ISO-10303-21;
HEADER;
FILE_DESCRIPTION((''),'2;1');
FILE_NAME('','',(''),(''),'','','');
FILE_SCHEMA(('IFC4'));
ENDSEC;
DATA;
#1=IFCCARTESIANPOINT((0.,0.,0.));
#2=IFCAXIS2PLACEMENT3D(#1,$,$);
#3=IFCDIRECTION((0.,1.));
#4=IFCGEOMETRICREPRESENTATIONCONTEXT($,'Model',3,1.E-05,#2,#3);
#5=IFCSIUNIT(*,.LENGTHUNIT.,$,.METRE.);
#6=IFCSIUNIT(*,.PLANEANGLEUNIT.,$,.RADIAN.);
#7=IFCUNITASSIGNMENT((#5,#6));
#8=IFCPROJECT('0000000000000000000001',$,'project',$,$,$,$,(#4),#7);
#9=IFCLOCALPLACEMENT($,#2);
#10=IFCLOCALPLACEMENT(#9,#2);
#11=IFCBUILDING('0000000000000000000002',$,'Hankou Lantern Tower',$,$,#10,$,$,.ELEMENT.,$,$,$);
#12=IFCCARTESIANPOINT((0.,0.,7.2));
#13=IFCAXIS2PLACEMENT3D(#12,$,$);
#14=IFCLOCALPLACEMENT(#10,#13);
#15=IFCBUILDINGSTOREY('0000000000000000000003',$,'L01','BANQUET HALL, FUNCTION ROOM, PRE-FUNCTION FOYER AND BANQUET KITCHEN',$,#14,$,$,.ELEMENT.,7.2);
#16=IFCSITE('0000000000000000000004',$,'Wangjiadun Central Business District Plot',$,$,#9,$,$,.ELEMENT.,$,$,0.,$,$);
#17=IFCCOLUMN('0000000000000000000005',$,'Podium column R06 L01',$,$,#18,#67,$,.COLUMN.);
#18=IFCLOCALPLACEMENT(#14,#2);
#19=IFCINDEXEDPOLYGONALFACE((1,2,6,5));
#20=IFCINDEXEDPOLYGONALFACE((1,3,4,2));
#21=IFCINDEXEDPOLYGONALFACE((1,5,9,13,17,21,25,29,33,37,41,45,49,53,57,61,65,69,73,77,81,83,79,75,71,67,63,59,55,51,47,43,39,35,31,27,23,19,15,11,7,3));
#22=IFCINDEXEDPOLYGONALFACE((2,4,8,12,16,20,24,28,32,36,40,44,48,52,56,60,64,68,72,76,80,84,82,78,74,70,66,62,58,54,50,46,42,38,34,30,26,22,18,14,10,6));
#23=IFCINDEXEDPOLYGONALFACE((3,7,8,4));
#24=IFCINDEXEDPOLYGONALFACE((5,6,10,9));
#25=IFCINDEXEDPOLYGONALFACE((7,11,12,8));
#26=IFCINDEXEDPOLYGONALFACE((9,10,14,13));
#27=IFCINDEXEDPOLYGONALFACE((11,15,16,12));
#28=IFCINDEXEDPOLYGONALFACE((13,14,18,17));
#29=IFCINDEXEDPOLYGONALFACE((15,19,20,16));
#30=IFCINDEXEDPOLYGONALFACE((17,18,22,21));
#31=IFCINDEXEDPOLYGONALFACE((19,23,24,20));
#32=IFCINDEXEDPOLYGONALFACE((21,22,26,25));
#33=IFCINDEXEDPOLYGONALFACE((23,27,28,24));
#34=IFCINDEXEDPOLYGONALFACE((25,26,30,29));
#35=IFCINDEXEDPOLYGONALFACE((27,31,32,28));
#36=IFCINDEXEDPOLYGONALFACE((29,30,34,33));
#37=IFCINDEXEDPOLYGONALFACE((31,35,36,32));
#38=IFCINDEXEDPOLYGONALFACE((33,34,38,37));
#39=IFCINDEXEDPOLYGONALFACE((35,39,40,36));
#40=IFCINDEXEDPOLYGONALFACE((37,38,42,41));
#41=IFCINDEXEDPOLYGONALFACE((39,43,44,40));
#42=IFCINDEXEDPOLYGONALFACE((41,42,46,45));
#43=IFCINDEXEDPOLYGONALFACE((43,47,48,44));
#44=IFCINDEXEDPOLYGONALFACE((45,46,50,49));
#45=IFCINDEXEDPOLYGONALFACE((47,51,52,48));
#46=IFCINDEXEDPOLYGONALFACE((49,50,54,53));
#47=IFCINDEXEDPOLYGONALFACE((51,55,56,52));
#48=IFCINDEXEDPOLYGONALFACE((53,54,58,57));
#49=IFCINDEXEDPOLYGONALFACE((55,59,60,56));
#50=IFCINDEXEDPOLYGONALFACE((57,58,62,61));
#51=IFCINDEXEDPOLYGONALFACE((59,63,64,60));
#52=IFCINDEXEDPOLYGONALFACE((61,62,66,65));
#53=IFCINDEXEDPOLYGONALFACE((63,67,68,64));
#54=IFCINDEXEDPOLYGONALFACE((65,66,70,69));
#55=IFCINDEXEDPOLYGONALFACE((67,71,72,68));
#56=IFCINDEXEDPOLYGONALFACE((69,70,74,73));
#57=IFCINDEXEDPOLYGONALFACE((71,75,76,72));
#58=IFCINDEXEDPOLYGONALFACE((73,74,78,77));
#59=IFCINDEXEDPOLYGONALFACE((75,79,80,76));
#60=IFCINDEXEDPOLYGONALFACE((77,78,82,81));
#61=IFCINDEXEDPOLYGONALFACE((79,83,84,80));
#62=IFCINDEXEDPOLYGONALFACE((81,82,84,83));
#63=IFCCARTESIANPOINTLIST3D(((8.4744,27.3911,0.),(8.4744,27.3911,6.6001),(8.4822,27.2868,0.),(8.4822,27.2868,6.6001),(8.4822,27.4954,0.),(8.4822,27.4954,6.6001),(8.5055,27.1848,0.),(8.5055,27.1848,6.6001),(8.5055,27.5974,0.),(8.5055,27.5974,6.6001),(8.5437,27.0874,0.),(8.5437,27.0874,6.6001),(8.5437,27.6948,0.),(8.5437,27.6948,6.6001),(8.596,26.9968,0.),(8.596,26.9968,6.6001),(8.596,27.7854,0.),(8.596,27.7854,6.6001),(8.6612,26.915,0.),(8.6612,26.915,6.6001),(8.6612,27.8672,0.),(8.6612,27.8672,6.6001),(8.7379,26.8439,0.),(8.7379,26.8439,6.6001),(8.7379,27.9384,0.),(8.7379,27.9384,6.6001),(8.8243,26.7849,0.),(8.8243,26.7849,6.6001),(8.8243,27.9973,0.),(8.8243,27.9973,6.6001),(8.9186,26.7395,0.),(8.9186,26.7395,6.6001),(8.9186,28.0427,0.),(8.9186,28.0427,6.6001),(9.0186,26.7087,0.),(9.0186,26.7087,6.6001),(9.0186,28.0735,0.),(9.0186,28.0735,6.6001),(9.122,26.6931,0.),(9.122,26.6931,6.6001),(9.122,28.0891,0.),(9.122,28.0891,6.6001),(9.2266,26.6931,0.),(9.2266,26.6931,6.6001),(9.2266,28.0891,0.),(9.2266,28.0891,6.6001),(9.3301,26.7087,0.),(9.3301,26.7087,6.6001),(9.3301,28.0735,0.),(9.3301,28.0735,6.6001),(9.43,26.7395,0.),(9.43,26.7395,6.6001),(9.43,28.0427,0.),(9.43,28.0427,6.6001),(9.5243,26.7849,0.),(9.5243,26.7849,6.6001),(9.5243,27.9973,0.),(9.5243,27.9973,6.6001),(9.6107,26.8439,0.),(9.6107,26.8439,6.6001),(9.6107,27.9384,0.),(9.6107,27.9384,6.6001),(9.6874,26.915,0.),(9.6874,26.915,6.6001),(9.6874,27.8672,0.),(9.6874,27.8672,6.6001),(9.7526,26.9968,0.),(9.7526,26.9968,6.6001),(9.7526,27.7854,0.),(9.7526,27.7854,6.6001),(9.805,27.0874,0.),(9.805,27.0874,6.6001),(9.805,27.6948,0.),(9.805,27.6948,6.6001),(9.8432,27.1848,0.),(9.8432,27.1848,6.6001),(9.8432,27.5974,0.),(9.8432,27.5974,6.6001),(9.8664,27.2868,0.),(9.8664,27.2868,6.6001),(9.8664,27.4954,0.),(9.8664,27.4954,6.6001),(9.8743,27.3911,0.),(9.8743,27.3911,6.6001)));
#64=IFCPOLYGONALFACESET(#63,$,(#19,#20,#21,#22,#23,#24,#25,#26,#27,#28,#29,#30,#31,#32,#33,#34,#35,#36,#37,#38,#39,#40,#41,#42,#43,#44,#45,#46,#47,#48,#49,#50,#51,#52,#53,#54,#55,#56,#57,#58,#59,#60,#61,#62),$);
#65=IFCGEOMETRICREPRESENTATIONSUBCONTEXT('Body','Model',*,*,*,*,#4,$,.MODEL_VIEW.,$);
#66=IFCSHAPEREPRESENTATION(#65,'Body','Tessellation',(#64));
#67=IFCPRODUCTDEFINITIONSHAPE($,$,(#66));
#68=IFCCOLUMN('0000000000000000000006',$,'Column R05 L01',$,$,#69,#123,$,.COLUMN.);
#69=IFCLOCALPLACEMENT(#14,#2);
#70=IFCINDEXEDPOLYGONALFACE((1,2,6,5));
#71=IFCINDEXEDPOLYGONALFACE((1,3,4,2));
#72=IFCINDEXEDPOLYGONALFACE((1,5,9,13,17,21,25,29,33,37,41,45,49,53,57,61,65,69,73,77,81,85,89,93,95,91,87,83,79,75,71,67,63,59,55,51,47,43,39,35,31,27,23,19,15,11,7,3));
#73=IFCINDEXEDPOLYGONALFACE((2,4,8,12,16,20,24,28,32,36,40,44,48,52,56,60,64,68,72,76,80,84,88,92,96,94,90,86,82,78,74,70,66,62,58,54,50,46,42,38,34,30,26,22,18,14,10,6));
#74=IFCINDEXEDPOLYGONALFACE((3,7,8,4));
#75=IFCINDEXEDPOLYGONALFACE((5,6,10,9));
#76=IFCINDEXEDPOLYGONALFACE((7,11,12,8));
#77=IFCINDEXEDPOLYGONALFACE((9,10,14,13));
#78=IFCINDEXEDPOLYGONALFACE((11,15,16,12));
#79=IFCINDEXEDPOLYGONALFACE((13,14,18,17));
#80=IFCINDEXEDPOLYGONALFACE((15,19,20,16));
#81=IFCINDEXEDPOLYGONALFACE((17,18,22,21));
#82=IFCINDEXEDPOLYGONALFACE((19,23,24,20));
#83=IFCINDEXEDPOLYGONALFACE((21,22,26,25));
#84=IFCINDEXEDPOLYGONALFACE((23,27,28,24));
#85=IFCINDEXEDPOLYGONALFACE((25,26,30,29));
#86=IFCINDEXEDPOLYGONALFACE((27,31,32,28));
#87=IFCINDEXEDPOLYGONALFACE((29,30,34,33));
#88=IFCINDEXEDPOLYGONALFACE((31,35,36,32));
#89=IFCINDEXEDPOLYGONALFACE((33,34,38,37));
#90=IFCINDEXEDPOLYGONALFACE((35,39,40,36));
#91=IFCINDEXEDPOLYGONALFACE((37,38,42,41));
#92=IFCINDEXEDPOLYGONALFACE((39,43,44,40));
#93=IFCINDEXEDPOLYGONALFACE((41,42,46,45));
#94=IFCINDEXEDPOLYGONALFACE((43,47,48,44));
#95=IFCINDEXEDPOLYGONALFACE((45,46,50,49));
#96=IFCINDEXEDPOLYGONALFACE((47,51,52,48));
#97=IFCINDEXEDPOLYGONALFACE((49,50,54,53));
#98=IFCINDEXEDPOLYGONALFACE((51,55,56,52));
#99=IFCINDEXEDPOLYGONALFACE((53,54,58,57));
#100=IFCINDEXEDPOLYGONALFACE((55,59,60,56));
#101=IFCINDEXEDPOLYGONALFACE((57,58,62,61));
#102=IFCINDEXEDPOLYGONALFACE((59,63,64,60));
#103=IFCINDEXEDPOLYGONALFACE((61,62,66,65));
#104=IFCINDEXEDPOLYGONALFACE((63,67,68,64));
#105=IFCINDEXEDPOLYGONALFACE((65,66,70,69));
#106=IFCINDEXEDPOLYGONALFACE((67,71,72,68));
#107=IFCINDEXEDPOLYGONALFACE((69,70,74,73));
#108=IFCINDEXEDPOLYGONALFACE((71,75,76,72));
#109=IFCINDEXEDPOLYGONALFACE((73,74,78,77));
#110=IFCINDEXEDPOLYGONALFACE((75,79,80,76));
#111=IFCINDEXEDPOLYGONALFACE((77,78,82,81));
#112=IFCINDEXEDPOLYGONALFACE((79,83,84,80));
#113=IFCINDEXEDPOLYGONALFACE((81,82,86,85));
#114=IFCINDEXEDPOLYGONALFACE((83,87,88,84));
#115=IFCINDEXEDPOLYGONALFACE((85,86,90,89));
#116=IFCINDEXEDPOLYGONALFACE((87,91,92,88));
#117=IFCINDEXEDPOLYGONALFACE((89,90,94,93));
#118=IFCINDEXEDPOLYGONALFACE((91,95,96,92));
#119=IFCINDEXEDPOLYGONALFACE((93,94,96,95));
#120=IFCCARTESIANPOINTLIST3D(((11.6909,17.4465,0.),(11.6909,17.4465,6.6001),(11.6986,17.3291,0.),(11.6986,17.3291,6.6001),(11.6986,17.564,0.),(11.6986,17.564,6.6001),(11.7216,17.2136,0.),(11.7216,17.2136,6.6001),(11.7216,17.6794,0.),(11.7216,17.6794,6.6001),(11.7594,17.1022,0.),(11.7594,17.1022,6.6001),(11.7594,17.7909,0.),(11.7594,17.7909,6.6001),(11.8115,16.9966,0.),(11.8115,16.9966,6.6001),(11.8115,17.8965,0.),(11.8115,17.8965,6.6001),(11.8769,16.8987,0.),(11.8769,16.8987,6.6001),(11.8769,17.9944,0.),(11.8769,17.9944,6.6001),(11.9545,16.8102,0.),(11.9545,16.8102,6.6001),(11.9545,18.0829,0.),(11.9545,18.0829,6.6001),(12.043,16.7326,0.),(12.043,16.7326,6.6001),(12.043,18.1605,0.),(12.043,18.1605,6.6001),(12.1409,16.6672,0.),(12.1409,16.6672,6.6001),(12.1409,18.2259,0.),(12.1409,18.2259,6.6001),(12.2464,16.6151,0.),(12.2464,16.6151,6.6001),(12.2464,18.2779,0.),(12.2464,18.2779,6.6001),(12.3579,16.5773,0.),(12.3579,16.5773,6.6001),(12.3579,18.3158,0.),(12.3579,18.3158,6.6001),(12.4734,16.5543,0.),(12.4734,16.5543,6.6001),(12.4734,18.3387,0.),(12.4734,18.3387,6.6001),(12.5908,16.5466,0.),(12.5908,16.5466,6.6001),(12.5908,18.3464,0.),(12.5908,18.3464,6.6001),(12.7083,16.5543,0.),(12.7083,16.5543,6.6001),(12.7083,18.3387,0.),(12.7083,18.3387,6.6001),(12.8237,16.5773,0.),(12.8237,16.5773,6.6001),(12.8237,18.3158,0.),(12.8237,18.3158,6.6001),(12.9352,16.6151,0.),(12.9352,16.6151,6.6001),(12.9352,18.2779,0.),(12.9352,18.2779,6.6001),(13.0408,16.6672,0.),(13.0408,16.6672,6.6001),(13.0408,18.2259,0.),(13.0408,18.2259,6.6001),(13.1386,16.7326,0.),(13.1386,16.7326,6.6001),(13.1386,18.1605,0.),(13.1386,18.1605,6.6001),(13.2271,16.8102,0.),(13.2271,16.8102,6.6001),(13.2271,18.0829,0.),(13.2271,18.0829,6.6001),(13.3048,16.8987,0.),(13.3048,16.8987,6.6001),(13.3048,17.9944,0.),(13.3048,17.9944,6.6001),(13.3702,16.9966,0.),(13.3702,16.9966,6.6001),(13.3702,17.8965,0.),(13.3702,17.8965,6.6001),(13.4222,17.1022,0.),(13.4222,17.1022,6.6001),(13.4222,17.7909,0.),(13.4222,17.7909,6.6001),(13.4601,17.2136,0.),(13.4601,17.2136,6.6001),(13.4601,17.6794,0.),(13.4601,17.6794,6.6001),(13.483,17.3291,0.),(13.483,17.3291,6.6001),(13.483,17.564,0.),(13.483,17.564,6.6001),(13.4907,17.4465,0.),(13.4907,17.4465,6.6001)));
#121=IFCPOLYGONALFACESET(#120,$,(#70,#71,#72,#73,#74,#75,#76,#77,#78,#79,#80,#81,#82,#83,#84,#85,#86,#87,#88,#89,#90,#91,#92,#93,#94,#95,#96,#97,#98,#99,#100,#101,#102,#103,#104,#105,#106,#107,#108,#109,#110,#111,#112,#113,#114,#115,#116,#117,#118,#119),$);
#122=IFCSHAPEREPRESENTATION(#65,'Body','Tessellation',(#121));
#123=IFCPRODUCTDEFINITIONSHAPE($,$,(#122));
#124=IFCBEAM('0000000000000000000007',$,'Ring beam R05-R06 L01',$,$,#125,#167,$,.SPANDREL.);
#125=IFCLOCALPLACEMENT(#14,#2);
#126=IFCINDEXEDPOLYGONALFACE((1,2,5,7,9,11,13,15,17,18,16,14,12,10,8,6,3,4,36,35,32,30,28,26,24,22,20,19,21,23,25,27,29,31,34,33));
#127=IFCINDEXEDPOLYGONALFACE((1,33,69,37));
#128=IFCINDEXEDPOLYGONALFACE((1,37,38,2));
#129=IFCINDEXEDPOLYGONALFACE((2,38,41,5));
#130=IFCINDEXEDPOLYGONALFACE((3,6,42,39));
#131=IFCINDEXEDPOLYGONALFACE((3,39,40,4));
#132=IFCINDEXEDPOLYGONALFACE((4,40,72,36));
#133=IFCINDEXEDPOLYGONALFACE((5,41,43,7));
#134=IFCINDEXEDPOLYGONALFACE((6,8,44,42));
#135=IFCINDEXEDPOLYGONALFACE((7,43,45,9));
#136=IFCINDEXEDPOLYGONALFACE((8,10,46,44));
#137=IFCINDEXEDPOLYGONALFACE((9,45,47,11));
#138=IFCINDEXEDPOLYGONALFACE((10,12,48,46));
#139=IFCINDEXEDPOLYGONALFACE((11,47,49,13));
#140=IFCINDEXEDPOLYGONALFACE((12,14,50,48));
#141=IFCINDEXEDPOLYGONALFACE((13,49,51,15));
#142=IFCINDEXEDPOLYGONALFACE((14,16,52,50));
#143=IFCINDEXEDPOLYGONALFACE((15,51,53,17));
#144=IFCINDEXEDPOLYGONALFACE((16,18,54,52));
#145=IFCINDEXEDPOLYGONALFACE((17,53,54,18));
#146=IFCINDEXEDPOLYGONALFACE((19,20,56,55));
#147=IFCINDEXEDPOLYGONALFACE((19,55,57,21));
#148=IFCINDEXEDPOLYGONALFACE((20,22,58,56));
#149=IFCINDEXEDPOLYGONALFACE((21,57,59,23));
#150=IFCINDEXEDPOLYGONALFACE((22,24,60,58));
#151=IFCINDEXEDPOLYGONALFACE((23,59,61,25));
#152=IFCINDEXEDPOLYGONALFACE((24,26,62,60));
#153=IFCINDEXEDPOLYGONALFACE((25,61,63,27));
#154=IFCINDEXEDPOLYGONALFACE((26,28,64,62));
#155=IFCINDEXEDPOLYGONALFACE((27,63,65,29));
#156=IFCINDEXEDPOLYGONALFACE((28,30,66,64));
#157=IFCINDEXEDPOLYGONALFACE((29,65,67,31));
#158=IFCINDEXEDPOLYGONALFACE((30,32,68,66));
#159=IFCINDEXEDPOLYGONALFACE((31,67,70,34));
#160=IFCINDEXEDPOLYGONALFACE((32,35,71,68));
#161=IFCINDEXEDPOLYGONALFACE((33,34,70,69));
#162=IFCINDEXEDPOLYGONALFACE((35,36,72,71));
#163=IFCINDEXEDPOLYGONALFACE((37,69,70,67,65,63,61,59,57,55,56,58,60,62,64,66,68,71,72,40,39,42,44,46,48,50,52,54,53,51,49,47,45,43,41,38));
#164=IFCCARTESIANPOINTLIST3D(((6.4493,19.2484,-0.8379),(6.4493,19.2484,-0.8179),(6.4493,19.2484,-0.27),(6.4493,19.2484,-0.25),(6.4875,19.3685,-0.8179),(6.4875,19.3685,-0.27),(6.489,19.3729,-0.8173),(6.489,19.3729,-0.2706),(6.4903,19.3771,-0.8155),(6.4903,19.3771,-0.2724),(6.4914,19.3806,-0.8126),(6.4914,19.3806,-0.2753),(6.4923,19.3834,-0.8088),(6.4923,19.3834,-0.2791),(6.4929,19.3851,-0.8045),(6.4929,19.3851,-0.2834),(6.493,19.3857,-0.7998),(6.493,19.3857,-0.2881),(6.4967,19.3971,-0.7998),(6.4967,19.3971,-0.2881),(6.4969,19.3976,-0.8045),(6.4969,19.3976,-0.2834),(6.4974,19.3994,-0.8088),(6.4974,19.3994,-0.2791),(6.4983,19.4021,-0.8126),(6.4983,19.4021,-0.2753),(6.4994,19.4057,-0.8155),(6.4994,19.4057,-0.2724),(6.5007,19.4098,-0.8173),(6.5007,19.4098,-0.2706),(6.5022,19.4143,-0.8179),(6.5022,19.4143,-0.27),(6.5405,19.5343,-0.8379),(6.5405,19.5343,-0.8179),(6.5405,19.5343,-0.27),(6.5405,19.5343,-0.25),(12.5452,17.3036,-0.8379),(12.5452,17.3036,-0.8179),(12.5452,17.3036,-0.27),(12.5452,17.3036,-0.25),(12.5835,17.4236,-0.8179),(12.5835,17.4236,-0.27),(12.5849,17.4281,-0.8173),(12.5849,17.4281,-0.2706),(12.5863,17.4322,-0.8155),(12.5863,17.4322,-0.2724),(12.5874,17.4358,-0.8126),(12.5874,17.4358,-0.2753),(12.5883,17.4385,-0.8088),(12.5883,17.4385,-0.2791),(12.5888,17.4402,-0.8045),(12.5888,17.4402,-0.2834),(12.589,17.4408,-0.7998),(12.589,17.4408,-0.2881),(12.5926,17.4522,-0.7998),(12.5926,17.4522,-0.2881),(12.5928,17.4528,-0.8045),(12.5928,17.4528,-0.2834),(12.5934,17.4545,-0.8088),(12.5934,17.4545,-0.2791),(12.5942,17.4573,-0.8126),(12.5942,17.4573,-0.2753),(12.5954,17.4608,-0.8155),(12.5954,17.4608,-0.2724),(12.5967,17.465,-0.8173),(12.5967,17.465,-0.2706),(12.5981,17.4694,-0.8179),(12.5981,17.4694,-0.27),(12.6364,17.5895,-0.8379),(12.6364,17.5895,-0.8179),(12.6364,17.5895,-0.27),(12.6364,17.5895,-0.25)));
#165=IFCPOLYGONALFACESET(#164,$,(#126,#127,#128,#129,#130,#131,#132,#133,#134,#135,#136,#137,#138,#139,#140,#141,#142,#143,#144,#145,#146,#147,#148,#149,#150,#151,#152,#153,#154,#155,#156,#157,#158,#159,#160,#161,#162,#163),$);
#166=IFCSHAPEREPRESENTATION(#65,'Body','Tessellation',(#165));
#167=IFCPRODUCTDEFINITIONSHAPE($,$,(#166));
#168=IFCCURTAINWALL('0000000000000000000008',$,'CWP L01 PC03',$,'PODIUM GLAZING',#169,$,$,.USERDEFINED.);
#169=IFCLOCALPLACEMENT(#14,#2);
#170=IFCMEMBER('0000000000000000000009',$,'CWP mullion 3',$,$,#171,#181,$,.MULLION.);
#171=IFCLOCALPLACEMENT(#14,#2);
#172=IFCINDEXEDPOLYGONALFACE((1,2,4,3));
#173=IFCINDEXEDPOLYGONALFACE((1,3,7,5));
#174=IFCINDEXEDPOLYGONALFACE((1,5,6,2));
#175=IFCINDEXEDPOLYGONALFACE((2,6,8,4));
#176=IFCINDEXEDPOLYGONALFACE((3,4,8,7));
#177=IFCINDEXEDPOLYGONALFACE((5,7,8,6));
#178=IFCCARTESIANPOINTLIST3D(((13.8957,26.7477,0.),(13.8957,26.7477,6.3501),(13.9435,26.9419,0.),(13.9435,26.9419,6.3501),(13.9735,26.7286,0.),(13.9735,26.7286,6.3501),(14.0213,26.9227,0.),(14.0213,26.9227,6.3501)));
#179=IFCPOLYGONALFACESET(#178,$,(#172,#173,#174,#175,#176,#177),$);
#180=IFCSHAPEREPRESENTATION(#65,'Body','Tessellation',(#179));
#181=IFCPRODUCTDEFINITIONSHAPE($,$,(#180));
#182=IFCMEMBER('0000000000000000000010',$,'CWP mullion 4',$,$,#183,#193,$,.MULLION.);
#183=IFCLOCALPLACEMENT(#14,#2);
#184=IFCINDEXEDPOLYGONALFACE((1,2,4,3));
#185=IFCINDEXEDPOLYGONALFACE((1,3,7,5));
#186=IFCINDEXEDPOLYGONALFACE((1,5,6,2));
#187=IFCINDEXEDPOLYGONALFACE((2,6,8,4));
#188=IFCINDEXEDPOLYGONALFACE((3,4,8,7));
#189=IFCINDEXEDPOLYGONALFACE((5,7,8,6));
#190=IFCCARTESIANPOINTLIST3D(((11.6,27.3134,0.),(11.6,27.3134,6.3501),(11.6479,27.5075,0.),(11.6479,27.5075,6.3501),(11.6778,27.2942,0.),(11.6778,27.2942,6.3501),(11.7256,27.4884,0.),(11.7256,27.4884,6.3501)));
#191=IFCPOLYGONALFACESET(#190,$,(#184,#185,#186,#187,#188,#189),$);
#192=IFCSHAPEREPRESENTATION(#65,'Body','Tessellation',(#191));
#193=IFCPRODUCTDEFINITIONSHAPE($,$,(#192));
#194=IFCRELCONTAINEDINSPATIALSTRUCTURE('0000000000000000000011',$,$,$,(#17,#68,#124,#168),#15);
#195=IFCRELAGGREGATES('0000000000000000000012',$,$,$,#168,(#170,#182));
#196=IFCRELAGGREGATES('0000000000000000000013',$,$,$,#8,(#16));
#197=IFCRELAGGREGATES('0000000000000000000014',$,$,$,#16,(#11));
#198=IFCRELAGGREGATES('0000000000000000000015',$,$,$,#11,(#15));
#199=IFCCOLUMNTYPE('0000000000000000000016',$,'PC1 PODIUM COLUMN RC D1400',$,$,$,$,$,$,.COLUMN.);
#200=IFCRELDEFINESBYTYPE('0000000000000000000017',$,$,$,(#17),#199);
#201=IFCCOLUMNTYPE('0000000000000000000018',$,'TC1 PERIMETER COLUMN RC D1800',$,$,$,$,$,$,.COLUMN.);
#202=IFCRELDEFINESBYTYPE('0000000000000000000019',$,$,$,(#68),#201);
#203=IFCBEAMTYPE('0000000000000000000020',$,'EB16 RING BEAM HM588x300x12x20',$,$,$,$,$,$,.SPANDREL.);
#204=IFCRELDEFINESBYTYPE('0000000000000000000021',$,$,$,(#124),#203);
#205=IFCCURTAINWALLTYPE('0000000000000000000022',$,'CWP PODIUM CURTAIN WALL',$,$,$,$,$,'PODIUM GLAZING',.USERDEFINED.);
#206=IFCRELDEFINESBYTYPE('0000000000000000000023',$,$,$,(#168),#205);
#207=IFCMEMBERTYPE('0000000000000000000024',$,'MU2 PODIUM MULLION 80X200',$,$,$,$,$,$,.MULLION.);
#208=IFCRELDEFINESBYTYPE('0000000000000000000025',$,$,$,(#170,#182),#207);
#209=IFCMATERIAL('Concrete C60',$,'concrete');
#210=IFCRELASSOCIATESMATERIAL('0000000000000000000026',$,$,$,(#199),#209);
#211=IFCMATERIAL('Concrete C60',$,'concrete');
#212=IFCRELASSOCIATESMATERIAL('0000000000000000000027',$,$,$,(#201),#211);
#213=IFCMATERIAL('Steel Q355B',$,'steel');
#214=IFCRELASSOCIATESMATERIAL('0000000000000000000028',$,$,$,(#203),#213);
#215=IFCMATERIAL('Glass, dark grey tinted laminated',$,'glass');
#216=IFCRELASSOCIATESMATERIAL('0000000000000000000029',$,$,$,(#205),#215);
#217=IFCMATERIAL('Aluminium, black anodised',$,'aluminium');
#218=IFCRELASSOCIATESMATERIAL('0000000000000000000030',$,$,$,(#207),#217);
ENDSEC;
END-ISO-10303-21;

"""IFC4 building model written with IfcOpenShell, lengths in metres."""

from ifc_helpers import new_model, si_unit, direction, frame, origin, origin_2d, place, context, subcontext, project, spatial, rectangle, circle, i_section, extrude, material, material_profile, profile_set, type_object, element, aggregate, save


model = new_model("IFC4")

# Units and contexts
model_context = context("Model", 3, precision=1e-05, world=origin(), true_north=direction((0.0, 1.0)))
body_context = subcontext(model_context, "Body", "Model", "MODEL_VIEW")
ifc_project = project(units=[si_unit("LENGTHUNIT", "METRE"), si_unit("PLANEANGLEUNIT", "RADIAN")], contexts=[model_context])

# Site, building, storey
site_placement = place(None, origin())
site = spatial("IfcSite", under=ifc_project, at=site_placement, Name="Wangjiadun Central Business District Plot", CompositionType="ELEMENT", RefElevation=0.0)
building_placement = place(site_placement, origin())
building = spatial("IfcBuilding", under=site, at=building_placement, Name="Hankou Lantern Tower", CompositionType="ELEMENT")
storey_placement = place(building_placement, frame((0.0, 0.0, 7.2)))
storey = spatial("IfcBuildingStorey", under=building, at=storey_placement, Name="L01", Description="BANQUET HALL, FUNCTION ROOM, PRE-FUNCTION FOYER AND BANQUET KITCHEN", CompositionType="ELEMENT", Elevation=7.2)

# Columns
ifc_material_1 = material(Name="Concrete C60", Category="concrete")
ifc_material_profile_1 = material_profile(ifc_material_1, circle(Radius=0.7, at=origin_2d()), Name="RC D1400")
ifc_profile_set_1 = profile_set([ifc_material_profile_1], Name="Concrete C60")
column_type_1 = type_object("IfcColumnType", Name="PC1 PODIUM COLUMN RC D1400", PredefinedType="COLUMN", material=ifc_profile_set_1)
column_1_placement = place(storey_placement, frame((9.1743, 27.3911, 0.0), z_axis=(0.0, 0.0, 1.0), x_axis=(1.0, 0.0, 0.0)))
element("IfcColumn", 1, at=column_1_placement, inside=storey, type_object=column_type_1, Name="Podium column R06 L01", PredefinedType="COLUMN", context=body_context, shape_type="SweptSolid", body=[
    extrude(circle(Radius=0.7, at=origin_2d()), origin(), (0.0, 0.0, 1.0), 6.6001),
])
ifc_material_2 = material(Name="Concrete C60", Category="concrete")
ifc_material_profile_2 = material_profile(ifc_material_2, circle(Radius=0.8999, at=origin_2d()), Name="RC D1800")
ifc_profile_set_2 = profile_set([ifc_material_profile_2], Name="Concrete C60")
column_type_2 = type_object("IfcColumnType", Name="TC1 PERIMETER COLUMN RC D1800", PredefinedType="COLUMN", material=ifc_profile_set_2)
column_2_placement = place(storey_placement, frame((12.5908, 17.4465, 0.0), z_axis=(0.0, 0.0, 1.0), x_axis=(1.0, 0.0, 0.0)))
element("IfcColumn", 2, at=column_2_placement, inside=storey, type_object=column_type_2, Name="Column R05 L01", PredefinedType="COLUMN", context=body_context, shape_type="SweptSolid", body=[
    extrude(circle(Radius=0.8999, at=origin_2d()), origin(), (0.0, 0.0, 1.0), 6.6001),
])

# Beam
ifc_material_3 = material(Name="Steel Q355B", Category="steel")
ifc_material_profile_3 = material_profile(ifc_material_3, i_section(OverallWidth=0.3, OverallDepth=0.5879, WebThickness=0.012, FlangeThickness=0.02, FilletRadius=0.0181, at=origin_2d()), Name="HM588x300x12x20")
ifc_profile_set_3 = profile_set([ifc_material_profile_3], Name="Steel Q355B")
beam_type_1 = type_object("IfcBeamType", Name="EB16 RING BEAM HM588x300x12x20", PredefinedType="SPANDREL", material=ifc_profile_set_3)
beam_1_placement = place(storey_placement, frame((12.5908, 17.4465, -0.5439), z_axis=(-0.95269, 0.303942, 0.0), x_axis=(-0.303942, -0.95269, 0.0)))
element("IfcBeam", 3, at=beam_1_placement, inside=storey, type_object=beam_type_1, Name="Ring beam R05-R06 L01", PredefinedType="SPANDREL", context=body_context, shape_type="SweptSolid", body=[
    extrude(i_section(OverallWidth=0.3, OverallDepth=0.5879, WebThickness=0.012, FlangeThickness=0.02, FilletRadius=0.0181, at=origin_2d()), origin(), (0.0, 0.0, 1.0), 6.3987),
])

# Curtain wall, members
ifc_material_4 = material(Name="Glass, dark grey tinted laminated", Category="glass")
curtain_wall_type = type_object("IfcCurtainWallType", Name="CWP PODIUM CURTAIN WALL", ElementType="PODIUM GLAZING", PredefinedType="USERDEFINED", material=ifc_material_4)
curtain_wall_1_placement = place(storey_placement, origin())
curtain_wall_1 = element("IfcCurtainWall", 4, at=curtain_wall_1_placement, inside=storey, type_object=curtain_wall_type, Name="CWP L01 PC03", ObjectType="PODIUM GLAZING", PredefinedType="USERDEFINED")
ifc_material_5 = material(Name="Aluminium, black anodised", Category="aluminium")
ifc_material_profile_4 = material_profile(ifc_material_5, rectangle(XDim=0.0801, YDim=0.2, at=origin_2d()), Name="MU2 80X200")
ifc_profile_set_4 = profile_set([ifc_material_profile_4], Name="Aluminium, black anodised")
member_type_1 = type_object("IfcMemberType", Name="MU2 PODIUM MULLION 80X200", PredefinedType="MULLION", material=ifc_profile_set_4)
member_1_placement = place(storey_placement, frame((13.9585, 26.8352, 0.0), z_axis=(0.0, 0.0, 1.0), x_axis=(-0.970961, 0.239238, 0.0)))
member_1 = element("IfcMember", 5, at=member_1_placement, type_object=member_type_1, Name="CWP mullion 3", PredefinedType="MULLION", context=body_context, shape_type="SweptSolid", body=[
    extrude(rectangle(XDim=0.0801, YDim=0.2, at=origin_2d()), origin(), (0.0, 0.0, 1.0), 6.3501),
])
member_2_placement = place(storey_placement, frame((11.6628, 27.4009, 0.0), z_axis=(0.0, 0.0, 1.0), x_axis=(-0.970961, 0.239238, 0.0)))
member_2 = element("IfcMember", 6, at=member_2_placement, type_object=member_type_1, Name="CWP mullion 4", PredefinedType="MULLION", context=body_context, shape_type="SweptSolid", body=[
    extrude(rectangle(XDim=0.0801, YDim=0.2, at=origin_2d()), origin(), (0.0, 0.0, 1.0), 6.3501),
])

aggregate(curtain_wall_1, [member_1, member_2])

save(model, "model.ifc")
